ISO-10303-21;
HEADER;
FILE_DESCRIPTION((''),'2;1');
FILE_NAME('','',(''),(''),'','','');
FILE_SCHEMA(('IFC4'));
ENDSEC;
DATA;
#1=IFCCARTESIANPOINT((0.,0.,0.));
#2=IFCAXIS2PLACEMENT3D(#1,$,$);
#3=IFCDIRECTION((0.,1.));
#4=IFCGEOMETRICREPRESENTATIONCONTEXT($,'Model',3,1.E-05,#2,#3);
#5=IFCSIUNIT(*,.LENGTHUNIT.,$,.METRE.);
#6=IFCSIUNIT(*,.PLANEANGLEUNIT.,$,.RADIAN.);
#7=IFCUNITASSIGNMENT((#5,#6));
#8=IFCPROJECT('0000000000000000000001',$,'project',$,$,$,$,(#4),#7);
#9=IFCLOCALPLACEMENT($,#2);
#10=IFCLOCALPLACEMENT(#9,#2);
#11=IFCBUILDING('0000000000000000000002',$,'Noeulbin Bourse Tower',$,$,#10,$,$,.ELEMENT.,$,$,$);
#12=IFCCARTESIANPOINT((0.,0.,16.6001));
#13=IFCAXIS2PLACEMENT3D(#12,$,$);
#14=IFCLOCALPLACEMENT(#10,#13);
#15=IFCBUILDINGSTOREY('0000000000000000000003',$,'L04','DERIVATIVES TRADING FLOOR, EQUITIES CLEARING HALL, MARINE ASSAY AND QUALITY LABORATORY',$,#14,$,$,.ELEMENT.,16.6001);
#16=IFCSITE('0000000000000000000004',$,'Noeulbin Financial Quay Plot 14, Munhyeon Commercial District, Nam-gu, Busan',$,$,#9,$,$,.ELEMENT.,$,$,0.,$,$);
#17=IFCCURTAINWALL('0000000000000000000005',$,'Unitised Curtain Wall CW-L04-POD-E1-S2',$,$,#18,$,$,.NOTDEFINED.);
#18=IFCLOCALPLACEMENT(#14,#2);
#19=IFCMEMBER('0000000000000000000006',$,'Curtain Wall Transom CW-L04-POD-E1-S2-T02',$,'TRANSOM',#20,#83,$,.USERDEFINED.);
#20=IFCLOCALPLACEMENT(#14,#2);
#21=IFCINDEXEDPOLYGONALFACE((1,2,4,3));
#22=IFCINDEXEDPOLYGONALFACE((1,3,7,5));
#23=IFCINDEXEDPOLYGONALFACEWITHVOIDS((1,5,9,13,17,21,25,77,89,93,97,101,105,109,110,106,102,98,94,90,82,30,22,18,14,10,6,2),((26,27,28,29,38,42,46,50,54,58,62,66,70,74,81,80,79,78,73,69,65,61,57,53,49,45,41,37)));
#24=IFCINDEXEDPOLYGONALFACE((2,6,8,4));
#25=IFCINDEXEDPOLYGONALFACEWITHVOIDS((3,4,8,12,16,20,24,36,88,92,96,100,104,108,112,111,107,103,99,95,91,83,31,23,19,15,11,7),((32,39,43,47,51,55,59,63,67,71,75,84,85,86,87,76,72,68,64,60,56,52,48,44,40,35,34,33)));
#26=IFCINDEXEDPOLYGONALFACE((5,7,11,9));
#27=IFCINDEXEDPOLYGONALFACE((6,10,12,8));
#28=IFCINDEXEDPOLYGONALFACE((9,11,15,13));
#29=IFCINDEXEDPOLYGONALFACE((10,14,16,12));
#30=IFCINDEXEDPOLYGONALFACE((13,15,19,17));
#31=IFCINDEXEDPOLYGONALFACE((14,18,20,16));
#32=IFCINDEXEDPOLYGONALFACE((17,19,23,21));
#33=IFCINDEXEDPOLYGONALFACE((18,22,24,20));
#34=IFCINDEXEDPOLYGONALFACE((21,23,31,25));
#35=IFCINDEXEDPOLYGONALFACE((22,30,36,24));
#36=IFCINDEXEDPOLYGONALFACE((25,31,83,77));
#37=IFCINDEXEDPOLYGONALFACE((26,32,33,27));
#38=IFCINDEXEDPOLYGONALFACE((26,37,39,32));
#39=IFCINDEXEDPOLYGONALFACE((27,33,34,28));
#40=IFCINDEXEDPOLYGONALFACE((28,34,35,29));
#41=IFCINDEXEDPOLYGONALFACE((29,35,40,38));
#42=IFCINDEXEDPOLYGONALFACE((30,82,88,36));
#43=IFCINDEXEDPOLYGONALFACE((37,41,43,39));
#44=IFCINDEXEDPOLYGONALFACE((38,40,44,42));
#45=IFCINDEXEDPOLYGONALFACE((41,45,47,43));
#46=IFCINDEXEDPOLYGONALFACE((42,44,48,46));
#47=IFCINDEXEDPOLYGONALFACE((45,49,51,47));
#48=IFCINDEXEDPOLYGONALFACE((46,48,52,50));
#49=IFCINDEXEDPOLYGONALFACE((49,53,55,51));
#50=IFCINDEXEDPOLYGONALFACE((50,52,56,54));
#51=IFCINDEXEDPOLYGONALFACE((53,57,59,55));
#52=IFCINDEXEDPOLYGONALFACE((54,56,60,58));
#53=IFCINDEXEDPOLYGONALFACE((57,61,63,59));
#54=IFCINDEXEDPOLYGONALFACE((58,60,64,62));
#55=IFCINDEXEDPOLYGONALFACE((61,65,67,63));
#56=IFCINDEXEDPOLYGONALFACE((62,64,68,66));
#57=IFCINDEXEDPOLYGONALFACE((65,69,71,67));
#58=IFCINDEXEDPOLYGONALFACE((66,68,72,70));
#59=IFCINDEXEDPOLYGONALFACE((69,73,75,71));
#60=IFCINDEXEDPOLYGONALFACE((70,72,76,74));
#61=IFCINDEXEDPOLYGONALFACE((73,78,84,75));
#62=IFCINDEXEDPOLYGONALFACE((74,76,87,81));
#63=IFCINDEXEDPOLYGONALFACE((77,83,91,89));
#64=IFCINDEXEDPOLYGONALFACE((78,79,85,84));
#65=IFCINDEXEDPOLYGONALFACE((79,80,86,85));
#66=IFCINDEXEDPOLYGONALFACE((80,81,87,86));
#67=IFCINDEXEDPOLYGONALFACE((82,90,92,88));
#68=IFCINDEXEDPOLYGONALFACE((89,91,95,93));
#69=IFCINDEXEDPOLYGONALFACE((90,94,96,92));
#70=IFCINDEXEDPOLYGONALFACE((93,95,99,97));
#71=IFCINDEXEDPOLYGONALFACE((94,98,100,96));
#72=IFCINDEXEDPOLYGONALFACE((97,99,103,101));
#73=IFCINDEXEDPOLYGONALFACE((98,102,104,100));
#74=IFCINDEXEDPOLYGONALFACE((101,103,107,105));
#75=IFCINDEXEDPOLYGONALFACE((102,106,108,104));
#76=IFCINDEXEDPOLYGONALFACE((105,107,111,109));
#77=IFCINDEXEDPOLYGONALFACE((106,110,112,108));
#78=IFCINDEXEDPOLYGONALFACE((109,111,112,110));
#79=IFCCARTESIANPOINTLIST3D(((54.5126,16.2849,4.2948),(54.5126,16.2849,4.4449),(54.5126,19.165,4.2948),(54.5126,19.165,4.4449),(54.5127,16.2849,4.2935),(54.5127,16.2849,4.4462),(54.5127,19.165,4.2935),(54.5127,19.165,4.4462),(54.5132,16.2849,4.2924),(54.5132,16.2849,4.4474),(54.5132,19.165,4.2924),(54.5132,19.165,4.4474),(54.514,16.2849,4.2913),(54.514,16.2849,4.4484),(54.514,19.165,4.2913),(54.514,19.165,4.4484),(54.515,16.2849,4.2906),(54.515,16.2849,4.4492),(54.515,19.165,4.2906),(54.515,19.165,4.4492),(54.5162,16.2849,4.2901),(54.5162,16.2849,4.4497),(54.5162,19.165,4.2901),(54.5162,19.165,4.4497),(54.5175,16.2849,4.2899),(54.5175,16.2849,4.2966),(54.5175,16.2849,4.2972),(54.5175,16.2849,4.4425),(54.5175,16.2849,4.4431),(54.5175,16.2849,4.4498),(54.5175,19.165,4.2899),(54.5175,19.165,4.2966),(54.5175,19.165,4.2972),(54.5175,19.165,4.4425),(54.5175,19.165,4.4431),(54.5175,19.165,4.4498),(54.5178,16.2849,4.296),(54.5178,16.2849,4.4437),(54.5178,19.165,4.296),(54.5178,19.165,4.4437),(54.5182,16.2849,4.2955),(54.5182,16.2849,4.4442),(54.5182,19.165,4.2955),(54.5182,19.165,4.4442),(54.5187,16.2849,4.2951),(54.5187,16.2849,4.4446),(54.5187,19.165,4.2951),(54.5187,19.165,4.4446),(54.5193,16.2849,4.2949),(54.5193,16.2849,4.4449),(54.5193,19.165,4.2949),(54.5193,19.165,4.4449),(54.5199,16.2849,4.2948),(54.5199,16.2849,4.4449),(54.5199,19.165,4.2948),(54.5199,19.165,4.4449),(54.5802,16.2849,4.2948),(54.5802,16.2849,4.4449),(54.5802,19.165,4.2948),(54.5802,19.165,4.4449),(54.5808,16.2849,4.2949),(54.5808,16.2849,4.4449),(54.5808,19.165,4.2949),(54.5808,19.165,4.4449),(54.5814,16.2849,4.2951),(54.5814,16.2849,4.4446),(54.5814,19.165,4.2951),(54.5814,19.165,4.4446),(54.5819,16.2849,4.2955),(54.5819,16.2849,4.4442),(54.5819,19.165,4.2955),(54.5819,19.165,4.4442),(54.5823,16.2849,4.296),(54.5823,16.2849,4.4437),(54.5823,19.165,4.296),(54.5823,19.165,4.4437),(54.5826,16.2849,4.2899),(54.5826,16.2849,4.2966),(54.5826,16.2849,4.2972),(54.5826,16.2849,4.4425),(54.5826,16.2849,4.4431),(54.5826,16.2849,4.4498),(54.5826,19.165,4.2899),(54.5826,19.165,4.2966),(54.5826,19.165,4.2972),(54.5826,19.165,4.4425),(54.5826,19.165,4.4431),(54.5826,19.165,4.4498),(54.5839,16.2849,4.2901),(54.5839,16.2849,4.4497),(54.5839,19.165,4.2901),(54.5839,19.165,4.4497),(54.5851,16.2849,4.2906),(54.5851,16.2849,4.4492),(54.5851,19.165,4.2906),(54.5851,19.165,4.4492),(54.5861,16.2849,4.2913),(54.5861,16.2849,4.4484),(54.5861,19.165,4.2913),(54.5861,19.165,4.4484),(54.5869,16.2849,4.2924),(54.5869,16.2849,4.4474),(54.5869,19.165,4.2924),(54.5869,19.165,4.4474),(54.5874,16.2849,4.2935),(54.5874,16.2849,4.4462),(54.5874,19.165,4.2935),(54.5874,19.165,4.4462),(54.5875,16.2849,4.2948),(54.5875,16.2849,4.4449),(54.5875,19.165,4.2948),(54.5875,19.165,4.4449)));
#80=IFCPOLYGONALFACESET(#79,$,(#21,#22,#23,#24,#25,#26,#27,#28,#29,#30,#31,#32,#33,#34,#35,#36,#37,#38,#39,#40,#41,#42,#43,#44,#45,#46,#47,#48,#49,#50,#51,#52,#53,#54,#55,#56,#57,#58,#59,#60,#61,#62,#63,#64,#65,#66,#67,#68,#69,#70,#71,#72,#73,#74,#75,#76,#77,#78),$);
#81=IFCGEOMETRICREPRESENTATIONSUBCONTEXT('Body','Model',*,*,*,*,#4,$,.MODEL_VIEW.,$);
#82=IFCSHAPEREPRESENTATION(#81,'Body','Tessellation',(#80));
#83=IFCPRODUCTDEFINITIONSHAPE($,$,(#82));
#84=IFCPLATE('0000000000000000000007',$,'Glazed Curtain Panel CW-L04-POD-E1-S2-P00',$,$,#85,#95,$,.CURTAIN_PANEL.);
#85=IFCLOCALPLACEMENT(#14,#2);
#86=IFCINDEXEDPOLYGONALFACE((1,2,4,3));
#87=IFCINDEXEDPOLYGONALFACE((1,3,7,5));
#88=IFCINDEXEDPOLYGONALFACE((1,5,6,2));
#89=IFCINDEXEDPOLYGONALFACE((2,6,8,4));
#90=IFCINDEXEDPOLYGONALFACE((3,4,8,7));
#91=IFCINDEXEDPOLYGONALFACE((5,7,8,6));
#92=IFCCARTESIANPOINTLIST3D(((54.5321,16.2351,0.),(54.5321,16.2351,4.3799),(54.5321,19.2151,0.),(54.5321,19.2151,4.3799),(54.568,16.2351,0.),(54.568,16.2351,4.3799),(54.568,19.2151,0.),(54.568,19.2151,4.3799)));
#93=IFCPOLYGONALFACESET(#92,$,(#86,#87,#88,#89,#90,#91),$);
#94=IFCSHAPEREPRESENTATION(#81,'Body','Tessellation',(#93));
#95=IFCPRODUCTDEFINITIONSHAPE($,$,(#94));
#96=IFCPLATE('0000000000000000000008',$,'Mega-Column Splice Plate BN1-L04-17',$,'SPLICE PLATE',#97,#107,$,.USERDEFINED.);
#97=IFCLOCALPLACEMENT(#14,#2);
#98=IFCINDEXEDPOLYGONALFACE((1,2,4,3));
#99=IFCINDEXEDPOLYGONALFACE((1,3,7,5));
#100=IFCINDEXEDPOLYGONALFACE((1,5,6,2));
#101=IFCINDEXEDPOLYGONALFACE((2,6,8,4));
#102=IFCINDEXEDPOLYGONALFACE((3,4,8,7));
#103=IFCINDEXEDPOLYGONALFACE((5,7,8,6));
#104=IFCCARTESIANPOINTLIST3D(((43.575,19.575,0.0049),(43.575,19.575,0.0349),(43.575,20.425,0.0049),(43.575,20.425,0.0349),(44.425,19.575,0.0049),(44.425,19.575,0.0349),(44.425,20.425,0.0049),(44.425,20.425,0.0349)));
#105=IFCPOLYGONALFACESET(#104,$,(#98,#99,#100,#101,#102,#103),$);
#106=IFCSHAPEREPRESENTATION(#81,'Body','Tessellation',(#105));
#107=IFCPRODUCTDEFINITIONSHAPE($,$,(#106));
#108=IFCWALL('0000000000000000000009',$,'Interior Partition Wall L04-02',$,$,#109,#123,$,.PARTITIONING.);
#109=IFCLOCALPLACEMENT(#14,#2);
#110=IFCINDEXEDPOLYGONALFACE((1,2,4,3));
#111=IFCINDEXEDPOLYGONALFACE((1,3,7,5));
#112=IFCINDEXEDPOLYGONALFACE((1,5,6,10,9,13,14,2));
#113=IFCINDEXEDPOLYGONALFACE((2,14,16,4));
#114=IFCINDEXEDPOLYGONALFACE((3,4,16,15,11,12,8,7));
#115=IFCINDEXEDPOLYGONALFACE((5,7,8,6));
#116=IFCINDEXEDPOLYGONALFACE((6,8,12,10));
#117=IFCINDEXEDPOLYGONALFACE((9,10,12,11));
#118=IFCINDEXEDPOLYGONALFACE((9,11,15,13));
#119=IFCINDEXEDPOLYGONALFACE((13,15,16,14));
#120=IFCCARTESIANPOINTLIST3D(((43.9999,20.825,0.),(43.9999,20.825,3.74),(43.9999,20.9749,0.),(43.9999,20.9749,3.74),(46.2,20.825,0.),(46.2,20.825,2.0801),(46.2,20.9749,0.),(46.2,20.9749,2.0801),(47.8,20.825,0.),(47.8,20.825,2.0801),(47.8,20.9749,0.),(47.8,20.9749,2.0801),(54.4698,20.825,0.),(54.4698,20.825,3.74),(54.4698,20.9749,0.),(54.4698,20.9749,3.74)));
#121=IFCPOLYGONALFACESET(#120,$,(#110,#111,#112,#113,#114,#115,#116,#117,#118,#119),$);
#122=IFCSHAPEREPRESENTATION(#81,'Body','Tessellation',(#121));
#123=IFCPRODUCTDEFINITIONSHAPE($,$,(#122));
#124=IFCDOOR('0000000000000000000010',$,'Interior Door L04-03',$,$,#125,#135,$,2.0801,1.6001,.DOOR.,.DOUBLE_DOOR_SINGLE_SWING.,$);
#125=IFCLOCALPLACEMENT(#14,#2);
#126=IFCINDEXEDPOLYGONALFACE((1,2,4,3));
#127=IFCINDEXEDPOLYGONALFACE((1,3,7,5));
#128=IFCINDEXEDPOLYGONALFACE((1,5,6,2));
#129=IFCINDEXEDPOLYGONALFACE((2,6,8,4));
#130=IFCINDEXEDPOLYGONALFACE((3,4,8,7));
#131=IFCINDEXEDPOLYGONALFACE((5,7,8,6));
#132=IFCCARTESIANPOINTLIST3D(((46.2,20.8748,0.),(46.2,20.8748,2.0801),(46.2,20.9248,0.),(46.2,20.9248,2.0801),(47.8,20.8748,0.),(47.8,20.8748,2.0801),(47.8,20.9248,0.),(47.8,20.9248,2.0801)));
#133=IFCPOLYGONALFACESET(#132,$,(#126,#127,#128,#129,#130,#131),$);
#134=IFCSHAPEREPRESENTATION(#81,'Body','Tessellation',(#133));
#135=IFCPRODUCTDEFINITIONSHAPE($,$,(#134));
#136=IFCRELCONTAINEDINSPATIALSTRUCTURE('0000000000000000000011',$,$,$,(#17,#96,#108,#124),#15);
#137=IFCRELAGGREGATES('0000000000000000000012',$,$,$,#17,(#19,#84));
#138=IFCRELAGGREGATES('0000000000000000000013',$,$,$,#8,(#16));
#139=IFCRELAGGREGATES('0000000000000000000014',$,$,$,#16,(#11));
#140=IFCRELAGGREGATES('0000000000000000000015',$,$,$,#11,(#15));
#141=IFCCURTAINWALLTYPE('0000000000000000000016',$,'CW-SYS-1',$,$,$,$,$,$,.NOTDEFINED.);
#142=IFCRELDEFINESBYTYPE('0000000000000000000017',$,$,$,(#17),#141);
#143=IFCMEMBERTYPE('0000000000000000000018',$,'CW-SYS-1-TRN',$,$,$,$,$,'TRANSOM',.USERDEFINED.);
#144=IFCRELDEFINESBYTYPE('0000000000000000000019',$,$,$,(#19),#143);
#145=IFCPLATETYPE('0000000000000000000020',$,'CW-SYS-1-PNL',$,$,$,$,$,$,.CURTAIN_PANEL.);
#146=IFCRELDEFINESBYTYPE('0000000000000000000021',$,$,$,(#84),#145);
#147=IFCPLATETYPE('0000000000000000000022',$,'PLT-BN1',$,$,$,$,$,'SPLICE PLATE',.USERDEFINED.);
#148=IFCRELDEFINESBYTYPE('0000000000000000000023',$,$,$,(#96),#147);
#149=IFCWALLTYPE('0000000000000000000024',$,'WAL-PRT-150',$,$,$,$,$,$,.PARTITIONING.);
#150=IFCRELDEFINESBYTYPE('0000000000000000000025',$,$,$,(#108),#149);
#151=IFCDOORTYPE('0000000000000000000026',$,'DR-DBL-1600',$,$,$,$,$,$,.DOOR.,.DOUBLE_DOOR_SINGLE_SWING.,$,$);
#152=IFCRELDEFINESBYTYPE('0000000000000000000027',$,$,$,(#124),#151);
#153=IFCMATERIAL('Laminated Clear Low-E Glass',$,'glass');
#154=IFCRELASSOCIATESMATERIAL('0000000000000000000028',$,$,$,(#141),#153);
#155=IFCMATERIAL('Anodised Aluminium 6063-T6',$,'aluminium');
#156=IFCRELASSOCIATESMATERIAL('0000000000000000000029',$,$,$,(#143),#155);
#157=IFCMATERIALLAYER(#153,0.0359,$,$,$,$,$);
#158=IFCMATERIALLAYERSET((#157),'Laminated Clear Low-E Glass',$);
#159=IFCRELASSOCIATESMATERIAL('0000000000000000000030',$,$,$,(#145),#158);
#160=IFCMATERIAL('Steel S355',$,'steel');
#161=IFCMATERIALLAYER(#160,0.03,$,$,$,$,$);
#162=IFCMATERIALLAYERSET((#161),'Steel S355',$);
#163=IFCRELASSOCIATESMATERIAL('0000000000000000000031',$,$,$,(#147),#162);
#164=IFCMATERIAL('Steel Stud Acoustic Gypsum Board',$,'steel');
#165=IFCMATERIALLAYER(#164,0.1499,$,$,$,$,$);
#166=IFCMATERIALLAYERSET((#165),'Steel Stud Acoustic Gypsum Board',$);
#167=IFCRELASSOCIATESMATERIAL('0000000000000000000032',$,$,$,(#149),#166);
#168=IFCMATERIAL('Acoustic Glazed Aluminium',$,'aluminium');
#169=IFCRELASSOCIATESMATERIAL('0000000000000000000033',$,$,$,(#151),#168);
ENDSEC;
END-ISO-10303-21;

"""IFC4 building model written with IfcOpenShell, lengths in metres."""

from ifc_helpers import new_model, si_unit, direction, frame, frame_2d, origin, origin_2d, place, context, subcontext, project, spatial, rectangle, hollow_rectangle, extrude, material, layer, layer_set, material_profile, profile_set, type_object, element, fill, aggregate, save


model = new_model("IFC4")

# Units and contexts
model_context = context("Model", 3, precision=1e-05, world=origin(), true_north=direction((0.0, 1.0)))
body_context = subcontext(model_context, "Body", "Model", "MODEL_VIEW")
ifc_project = project(units=[si_unit("LENGTHUNIT", "METRE"), si_unit("PLANEANGLEUNIT", "RADIAN")], contexts=[model_context])

# Site, building, storey
site_placement = place(None, origin())
site = spatial("IfcSite", under=ifc_project, at=site_placement, Name="Noeulbin Financial Quay Plot 14, Munhyeon Commercial District, Nam-gu, Busan", CompositionType="ELEMENT", RefElevation=0.0)
building_placement = place(site_placement, origin())
building = spatial("IfcBuilding", under=site, at=building_placement, Name="Noeulbin Bourse Tower", CompositionType="ELEMENT")
storey_placement = place(building_placement, frame((0.0, 0.0, 16.6001)))
storey = spatial("IfcBuildingStorey", under=building, at=storey_placement, Name="L04", Description="DERIVATIVES TRADING FLOOR, EQUITIES CLEARING HALL, MARINE ASSAY AND QUALITY LABORATORY", CompositionType="ELEMENT", Elevation=16.6001)

# Shared definitions
ifc_material_1 = material(Name="Steel S355", Category="steel")

# Curtain wall, member, plate
ifc_material_2 = material(Name="Laminated Clear Low-E Glass", Category="glass")
curtain_wall_type = type_object("IfcCurtainWallType", Name="CW-SYS-1", PredefinedType="NOTDEFINED", material=ifc_material_2)
curtain_wall_placement = place(storey_placement, origin())
curtain_wall = element("IfcCurtainWall", 1, at=curtain_wall_placement, inside=storey, type_object=curtain_wall_type, Name="Unitised Curtain Wall CW-L04-POD-E1-S2", PredefinedType="NOTDEFINED")
ifc_material_3 = material(Name="Anodised Aluminium 6063-T6", Category="aluminium")
ifc_material_profile_1 = material_profile(ifc_material_3, hollow_rectangle(XDim=0.075, YDim=0.1599, WallThickness=0.0049, InnerFilletRadius=0.0024, OuterFilletRadius=0.0049, at=origin_2d()), Name="ALU-TRAN-75x160x5", Category="LoadBearing")
ifc_profile_set_1 = profile_set([ifc_material_profile_1], Name="Anodised Aluminium 6063-T6")
member_type_1 = type_object("IfcMemberType", Name="CW-SYS-1-TRN", ElementType="TRANSOM", PredefinedType="USERDEFINED", material=ifc_profile_set_1)
member_1_placement = place(storey_placement, frame((54.55, 16.2849, 4.3699), z_axis=(0.0, 1.0, 0.0), x_axis=(-1.0, 0.0, 0.0)))
member_1 = element("IfcMember", 2, at=member_1_placement, type_object=member_type_1, Name="Curtain Wall Transom CW-L04-POD-E1-S2-T02", ObjectType="TRANSOM", PredefinedType="USERDEFINED", context=body_context, shape_type="SweptSolid", body=[
    extrude(hollow_rectangle(XDim=0.075, YDim=0.1599, WallThickness=0.0049, InnerFilletRadius=0.0024, OuterFilletRadius=0.0049, at=origin_2d()), origin(), (0.0, 0.0, 1.0), 2.8801),
])
ifc_layer_1 = layer(ifc_material_2, 0.0359)
ifc_layer_set_1 = layer_set([ifc_layer_1], Name="Laminated Clear Low-E Glass")
plate_type_1 = type_object("IfcPlateType", Name="CW-SYS-1-PNL", PredefinedType="CURTAIN_PANEL", material=ifc_layer_set_1)
plate_1_placement = place(storey_placement, frame((54.55, 17.7251, 0.0), z_axis=(0.0, 0.0, 1.0), x_axis=(0.0, 1.0, 0.0)))
plate_1 = element("IfcPlate", 3, at=plate_1_placement, type_object=plate_type_1, Name="Glazed Curtain Panel CW-L04-POD-E1-S2-P00", PredefinedType="CURTAIN_PANEL", context=body_context, shape_type="SweptSolid", body=[
    extrude(rectangle(XDim=2.98, YDim=0.0359, at=origin_2d()), origin(), (0.0, 0.0, 1.0), 4.3799),
])
aggregate(curtain_wall, [member_1, plate_1])

# Plate
ifc_layer_2 = layer(ifc_material_1, 0.03)
ifc_layer_set_2 = layer_set([ifc_layer_2], Name="Steel S355")
plate_type_2 = type_object("IfcPlateType", Name="PLT-BN1", ElementType="SPLICE PLATE", PredefinedType="USERDEFINED", material=ifc_layer_set_2)
plate_2_placement = place(storey_placement, frame((44.0, 20.0, 0.0049), z_axis=(0.0, 0.0, 1.0), x_axis=(1.0, 0.0, 0.0)))
element("IfcPlate", 4, at=plate_2_placement, inside=storey, type_object=plate_type_2, Name="Mega-Column Splice Plate BN1-L04-17", ObjectType="SPLICE PLATE", PredefinedType="USERDEFINED", context=body_context, shape_type="SweptSolid", body=[
    extrude(rectangle(XDim=0.8501, YDim=0.8501, at=origin_2d()), origin(), (0.0, 0.0, 1.0), 0.03),
])

# Wall, opening, door
ifc_material_4 = material(Name="Steel Stud Acoustic Gypsum Board", Category="steel")
ifc_layer_3 = layer(ifc_material_4, 0.1499)
ifc_layer_set_3 = layer_set([ifc_layer_3], Name="Steel Stud Acoustic Gypsum Board")
wall_type = type_object("IfcWallType", Name="WAL-PRT-150", PredefinedType="PARTITIONING", material=ifc_layer_set_3)
wall_placement = place(storey_placement, frame((44.0, 20.8999, 0.0), z_axis=(0.0, 0.0, 1.0), x_axis=(1.0, 0.0, 0.0)))
wall = element("IfcWall", 5, at=wall_placement, inside=storey, type_object=wall_type, Name="Interior Partition Wall L04-02", PredefinedType="PARTITIONING", context=body_context, shape_type="SweptSolid", body=[
    extrude(rectangle(XDim=10.47, YDim=0.1499, at=frame_2d((5.2349, 0.0))), origin(), (0.0, 0.0, 1.0), 3.74),
])
opening_placement = place(wall_placement, frame((2.2, 0.0, 0.0)))
opening = element("IfcOpeningElement", 6, at=opening_placement, cuts=wall, PredefinedType="OPENING", context=body_context, shape_type="SweptSolid", body=[
    extrude(rectangle(XDim=1.6001, YDim=2.0801, at=frame_2d((0.8, 1.04))), frame((0.0, 0.085, 0.0), z_axis=(0.0, -1.0, 0.0), x_axis=(1.0, 0.0, 0.0)), (0.0, 0.0, 1.0), 0.1699),
])
ifc_material_5 = material(Name="Acoustic Glazed Aluminium", Category="aluminium")
door_type = type_object("IfcDoorType", Name="DR-DBL-1600", OperationType="DOUBLE_DOOR_SINGLE_SWING", PredefinedType="DOOR", material=ifc_material_5)
door_placement = place(opening_placement, origin())
door = element("IfcDoor", 7, at=door_placement, inside=storey, type_object=door_type, Name="Interior Door L04-03", OperationType="DOUBLE_DOOR_SINGLE_SWING", OverallHeight=2.0801, OverallWidth=1.6001, PredefinedType="DOOR", context=body_context, shape_type="SweptSolid", body=[
    extrude(rectangle(XDim=1.6001, YDim=2.0801, at=frame_2d((0.8, 1.04))), frame((0.0, 0.0249, 0.0), z_axis=(0.0, -1.0, 0.0), x_axis=(1.0, 0.0, 0.0)), (0.0, 0.0, 1.0), 0.05),
])
fill(opening, door)

save(model, "model.ifc")
